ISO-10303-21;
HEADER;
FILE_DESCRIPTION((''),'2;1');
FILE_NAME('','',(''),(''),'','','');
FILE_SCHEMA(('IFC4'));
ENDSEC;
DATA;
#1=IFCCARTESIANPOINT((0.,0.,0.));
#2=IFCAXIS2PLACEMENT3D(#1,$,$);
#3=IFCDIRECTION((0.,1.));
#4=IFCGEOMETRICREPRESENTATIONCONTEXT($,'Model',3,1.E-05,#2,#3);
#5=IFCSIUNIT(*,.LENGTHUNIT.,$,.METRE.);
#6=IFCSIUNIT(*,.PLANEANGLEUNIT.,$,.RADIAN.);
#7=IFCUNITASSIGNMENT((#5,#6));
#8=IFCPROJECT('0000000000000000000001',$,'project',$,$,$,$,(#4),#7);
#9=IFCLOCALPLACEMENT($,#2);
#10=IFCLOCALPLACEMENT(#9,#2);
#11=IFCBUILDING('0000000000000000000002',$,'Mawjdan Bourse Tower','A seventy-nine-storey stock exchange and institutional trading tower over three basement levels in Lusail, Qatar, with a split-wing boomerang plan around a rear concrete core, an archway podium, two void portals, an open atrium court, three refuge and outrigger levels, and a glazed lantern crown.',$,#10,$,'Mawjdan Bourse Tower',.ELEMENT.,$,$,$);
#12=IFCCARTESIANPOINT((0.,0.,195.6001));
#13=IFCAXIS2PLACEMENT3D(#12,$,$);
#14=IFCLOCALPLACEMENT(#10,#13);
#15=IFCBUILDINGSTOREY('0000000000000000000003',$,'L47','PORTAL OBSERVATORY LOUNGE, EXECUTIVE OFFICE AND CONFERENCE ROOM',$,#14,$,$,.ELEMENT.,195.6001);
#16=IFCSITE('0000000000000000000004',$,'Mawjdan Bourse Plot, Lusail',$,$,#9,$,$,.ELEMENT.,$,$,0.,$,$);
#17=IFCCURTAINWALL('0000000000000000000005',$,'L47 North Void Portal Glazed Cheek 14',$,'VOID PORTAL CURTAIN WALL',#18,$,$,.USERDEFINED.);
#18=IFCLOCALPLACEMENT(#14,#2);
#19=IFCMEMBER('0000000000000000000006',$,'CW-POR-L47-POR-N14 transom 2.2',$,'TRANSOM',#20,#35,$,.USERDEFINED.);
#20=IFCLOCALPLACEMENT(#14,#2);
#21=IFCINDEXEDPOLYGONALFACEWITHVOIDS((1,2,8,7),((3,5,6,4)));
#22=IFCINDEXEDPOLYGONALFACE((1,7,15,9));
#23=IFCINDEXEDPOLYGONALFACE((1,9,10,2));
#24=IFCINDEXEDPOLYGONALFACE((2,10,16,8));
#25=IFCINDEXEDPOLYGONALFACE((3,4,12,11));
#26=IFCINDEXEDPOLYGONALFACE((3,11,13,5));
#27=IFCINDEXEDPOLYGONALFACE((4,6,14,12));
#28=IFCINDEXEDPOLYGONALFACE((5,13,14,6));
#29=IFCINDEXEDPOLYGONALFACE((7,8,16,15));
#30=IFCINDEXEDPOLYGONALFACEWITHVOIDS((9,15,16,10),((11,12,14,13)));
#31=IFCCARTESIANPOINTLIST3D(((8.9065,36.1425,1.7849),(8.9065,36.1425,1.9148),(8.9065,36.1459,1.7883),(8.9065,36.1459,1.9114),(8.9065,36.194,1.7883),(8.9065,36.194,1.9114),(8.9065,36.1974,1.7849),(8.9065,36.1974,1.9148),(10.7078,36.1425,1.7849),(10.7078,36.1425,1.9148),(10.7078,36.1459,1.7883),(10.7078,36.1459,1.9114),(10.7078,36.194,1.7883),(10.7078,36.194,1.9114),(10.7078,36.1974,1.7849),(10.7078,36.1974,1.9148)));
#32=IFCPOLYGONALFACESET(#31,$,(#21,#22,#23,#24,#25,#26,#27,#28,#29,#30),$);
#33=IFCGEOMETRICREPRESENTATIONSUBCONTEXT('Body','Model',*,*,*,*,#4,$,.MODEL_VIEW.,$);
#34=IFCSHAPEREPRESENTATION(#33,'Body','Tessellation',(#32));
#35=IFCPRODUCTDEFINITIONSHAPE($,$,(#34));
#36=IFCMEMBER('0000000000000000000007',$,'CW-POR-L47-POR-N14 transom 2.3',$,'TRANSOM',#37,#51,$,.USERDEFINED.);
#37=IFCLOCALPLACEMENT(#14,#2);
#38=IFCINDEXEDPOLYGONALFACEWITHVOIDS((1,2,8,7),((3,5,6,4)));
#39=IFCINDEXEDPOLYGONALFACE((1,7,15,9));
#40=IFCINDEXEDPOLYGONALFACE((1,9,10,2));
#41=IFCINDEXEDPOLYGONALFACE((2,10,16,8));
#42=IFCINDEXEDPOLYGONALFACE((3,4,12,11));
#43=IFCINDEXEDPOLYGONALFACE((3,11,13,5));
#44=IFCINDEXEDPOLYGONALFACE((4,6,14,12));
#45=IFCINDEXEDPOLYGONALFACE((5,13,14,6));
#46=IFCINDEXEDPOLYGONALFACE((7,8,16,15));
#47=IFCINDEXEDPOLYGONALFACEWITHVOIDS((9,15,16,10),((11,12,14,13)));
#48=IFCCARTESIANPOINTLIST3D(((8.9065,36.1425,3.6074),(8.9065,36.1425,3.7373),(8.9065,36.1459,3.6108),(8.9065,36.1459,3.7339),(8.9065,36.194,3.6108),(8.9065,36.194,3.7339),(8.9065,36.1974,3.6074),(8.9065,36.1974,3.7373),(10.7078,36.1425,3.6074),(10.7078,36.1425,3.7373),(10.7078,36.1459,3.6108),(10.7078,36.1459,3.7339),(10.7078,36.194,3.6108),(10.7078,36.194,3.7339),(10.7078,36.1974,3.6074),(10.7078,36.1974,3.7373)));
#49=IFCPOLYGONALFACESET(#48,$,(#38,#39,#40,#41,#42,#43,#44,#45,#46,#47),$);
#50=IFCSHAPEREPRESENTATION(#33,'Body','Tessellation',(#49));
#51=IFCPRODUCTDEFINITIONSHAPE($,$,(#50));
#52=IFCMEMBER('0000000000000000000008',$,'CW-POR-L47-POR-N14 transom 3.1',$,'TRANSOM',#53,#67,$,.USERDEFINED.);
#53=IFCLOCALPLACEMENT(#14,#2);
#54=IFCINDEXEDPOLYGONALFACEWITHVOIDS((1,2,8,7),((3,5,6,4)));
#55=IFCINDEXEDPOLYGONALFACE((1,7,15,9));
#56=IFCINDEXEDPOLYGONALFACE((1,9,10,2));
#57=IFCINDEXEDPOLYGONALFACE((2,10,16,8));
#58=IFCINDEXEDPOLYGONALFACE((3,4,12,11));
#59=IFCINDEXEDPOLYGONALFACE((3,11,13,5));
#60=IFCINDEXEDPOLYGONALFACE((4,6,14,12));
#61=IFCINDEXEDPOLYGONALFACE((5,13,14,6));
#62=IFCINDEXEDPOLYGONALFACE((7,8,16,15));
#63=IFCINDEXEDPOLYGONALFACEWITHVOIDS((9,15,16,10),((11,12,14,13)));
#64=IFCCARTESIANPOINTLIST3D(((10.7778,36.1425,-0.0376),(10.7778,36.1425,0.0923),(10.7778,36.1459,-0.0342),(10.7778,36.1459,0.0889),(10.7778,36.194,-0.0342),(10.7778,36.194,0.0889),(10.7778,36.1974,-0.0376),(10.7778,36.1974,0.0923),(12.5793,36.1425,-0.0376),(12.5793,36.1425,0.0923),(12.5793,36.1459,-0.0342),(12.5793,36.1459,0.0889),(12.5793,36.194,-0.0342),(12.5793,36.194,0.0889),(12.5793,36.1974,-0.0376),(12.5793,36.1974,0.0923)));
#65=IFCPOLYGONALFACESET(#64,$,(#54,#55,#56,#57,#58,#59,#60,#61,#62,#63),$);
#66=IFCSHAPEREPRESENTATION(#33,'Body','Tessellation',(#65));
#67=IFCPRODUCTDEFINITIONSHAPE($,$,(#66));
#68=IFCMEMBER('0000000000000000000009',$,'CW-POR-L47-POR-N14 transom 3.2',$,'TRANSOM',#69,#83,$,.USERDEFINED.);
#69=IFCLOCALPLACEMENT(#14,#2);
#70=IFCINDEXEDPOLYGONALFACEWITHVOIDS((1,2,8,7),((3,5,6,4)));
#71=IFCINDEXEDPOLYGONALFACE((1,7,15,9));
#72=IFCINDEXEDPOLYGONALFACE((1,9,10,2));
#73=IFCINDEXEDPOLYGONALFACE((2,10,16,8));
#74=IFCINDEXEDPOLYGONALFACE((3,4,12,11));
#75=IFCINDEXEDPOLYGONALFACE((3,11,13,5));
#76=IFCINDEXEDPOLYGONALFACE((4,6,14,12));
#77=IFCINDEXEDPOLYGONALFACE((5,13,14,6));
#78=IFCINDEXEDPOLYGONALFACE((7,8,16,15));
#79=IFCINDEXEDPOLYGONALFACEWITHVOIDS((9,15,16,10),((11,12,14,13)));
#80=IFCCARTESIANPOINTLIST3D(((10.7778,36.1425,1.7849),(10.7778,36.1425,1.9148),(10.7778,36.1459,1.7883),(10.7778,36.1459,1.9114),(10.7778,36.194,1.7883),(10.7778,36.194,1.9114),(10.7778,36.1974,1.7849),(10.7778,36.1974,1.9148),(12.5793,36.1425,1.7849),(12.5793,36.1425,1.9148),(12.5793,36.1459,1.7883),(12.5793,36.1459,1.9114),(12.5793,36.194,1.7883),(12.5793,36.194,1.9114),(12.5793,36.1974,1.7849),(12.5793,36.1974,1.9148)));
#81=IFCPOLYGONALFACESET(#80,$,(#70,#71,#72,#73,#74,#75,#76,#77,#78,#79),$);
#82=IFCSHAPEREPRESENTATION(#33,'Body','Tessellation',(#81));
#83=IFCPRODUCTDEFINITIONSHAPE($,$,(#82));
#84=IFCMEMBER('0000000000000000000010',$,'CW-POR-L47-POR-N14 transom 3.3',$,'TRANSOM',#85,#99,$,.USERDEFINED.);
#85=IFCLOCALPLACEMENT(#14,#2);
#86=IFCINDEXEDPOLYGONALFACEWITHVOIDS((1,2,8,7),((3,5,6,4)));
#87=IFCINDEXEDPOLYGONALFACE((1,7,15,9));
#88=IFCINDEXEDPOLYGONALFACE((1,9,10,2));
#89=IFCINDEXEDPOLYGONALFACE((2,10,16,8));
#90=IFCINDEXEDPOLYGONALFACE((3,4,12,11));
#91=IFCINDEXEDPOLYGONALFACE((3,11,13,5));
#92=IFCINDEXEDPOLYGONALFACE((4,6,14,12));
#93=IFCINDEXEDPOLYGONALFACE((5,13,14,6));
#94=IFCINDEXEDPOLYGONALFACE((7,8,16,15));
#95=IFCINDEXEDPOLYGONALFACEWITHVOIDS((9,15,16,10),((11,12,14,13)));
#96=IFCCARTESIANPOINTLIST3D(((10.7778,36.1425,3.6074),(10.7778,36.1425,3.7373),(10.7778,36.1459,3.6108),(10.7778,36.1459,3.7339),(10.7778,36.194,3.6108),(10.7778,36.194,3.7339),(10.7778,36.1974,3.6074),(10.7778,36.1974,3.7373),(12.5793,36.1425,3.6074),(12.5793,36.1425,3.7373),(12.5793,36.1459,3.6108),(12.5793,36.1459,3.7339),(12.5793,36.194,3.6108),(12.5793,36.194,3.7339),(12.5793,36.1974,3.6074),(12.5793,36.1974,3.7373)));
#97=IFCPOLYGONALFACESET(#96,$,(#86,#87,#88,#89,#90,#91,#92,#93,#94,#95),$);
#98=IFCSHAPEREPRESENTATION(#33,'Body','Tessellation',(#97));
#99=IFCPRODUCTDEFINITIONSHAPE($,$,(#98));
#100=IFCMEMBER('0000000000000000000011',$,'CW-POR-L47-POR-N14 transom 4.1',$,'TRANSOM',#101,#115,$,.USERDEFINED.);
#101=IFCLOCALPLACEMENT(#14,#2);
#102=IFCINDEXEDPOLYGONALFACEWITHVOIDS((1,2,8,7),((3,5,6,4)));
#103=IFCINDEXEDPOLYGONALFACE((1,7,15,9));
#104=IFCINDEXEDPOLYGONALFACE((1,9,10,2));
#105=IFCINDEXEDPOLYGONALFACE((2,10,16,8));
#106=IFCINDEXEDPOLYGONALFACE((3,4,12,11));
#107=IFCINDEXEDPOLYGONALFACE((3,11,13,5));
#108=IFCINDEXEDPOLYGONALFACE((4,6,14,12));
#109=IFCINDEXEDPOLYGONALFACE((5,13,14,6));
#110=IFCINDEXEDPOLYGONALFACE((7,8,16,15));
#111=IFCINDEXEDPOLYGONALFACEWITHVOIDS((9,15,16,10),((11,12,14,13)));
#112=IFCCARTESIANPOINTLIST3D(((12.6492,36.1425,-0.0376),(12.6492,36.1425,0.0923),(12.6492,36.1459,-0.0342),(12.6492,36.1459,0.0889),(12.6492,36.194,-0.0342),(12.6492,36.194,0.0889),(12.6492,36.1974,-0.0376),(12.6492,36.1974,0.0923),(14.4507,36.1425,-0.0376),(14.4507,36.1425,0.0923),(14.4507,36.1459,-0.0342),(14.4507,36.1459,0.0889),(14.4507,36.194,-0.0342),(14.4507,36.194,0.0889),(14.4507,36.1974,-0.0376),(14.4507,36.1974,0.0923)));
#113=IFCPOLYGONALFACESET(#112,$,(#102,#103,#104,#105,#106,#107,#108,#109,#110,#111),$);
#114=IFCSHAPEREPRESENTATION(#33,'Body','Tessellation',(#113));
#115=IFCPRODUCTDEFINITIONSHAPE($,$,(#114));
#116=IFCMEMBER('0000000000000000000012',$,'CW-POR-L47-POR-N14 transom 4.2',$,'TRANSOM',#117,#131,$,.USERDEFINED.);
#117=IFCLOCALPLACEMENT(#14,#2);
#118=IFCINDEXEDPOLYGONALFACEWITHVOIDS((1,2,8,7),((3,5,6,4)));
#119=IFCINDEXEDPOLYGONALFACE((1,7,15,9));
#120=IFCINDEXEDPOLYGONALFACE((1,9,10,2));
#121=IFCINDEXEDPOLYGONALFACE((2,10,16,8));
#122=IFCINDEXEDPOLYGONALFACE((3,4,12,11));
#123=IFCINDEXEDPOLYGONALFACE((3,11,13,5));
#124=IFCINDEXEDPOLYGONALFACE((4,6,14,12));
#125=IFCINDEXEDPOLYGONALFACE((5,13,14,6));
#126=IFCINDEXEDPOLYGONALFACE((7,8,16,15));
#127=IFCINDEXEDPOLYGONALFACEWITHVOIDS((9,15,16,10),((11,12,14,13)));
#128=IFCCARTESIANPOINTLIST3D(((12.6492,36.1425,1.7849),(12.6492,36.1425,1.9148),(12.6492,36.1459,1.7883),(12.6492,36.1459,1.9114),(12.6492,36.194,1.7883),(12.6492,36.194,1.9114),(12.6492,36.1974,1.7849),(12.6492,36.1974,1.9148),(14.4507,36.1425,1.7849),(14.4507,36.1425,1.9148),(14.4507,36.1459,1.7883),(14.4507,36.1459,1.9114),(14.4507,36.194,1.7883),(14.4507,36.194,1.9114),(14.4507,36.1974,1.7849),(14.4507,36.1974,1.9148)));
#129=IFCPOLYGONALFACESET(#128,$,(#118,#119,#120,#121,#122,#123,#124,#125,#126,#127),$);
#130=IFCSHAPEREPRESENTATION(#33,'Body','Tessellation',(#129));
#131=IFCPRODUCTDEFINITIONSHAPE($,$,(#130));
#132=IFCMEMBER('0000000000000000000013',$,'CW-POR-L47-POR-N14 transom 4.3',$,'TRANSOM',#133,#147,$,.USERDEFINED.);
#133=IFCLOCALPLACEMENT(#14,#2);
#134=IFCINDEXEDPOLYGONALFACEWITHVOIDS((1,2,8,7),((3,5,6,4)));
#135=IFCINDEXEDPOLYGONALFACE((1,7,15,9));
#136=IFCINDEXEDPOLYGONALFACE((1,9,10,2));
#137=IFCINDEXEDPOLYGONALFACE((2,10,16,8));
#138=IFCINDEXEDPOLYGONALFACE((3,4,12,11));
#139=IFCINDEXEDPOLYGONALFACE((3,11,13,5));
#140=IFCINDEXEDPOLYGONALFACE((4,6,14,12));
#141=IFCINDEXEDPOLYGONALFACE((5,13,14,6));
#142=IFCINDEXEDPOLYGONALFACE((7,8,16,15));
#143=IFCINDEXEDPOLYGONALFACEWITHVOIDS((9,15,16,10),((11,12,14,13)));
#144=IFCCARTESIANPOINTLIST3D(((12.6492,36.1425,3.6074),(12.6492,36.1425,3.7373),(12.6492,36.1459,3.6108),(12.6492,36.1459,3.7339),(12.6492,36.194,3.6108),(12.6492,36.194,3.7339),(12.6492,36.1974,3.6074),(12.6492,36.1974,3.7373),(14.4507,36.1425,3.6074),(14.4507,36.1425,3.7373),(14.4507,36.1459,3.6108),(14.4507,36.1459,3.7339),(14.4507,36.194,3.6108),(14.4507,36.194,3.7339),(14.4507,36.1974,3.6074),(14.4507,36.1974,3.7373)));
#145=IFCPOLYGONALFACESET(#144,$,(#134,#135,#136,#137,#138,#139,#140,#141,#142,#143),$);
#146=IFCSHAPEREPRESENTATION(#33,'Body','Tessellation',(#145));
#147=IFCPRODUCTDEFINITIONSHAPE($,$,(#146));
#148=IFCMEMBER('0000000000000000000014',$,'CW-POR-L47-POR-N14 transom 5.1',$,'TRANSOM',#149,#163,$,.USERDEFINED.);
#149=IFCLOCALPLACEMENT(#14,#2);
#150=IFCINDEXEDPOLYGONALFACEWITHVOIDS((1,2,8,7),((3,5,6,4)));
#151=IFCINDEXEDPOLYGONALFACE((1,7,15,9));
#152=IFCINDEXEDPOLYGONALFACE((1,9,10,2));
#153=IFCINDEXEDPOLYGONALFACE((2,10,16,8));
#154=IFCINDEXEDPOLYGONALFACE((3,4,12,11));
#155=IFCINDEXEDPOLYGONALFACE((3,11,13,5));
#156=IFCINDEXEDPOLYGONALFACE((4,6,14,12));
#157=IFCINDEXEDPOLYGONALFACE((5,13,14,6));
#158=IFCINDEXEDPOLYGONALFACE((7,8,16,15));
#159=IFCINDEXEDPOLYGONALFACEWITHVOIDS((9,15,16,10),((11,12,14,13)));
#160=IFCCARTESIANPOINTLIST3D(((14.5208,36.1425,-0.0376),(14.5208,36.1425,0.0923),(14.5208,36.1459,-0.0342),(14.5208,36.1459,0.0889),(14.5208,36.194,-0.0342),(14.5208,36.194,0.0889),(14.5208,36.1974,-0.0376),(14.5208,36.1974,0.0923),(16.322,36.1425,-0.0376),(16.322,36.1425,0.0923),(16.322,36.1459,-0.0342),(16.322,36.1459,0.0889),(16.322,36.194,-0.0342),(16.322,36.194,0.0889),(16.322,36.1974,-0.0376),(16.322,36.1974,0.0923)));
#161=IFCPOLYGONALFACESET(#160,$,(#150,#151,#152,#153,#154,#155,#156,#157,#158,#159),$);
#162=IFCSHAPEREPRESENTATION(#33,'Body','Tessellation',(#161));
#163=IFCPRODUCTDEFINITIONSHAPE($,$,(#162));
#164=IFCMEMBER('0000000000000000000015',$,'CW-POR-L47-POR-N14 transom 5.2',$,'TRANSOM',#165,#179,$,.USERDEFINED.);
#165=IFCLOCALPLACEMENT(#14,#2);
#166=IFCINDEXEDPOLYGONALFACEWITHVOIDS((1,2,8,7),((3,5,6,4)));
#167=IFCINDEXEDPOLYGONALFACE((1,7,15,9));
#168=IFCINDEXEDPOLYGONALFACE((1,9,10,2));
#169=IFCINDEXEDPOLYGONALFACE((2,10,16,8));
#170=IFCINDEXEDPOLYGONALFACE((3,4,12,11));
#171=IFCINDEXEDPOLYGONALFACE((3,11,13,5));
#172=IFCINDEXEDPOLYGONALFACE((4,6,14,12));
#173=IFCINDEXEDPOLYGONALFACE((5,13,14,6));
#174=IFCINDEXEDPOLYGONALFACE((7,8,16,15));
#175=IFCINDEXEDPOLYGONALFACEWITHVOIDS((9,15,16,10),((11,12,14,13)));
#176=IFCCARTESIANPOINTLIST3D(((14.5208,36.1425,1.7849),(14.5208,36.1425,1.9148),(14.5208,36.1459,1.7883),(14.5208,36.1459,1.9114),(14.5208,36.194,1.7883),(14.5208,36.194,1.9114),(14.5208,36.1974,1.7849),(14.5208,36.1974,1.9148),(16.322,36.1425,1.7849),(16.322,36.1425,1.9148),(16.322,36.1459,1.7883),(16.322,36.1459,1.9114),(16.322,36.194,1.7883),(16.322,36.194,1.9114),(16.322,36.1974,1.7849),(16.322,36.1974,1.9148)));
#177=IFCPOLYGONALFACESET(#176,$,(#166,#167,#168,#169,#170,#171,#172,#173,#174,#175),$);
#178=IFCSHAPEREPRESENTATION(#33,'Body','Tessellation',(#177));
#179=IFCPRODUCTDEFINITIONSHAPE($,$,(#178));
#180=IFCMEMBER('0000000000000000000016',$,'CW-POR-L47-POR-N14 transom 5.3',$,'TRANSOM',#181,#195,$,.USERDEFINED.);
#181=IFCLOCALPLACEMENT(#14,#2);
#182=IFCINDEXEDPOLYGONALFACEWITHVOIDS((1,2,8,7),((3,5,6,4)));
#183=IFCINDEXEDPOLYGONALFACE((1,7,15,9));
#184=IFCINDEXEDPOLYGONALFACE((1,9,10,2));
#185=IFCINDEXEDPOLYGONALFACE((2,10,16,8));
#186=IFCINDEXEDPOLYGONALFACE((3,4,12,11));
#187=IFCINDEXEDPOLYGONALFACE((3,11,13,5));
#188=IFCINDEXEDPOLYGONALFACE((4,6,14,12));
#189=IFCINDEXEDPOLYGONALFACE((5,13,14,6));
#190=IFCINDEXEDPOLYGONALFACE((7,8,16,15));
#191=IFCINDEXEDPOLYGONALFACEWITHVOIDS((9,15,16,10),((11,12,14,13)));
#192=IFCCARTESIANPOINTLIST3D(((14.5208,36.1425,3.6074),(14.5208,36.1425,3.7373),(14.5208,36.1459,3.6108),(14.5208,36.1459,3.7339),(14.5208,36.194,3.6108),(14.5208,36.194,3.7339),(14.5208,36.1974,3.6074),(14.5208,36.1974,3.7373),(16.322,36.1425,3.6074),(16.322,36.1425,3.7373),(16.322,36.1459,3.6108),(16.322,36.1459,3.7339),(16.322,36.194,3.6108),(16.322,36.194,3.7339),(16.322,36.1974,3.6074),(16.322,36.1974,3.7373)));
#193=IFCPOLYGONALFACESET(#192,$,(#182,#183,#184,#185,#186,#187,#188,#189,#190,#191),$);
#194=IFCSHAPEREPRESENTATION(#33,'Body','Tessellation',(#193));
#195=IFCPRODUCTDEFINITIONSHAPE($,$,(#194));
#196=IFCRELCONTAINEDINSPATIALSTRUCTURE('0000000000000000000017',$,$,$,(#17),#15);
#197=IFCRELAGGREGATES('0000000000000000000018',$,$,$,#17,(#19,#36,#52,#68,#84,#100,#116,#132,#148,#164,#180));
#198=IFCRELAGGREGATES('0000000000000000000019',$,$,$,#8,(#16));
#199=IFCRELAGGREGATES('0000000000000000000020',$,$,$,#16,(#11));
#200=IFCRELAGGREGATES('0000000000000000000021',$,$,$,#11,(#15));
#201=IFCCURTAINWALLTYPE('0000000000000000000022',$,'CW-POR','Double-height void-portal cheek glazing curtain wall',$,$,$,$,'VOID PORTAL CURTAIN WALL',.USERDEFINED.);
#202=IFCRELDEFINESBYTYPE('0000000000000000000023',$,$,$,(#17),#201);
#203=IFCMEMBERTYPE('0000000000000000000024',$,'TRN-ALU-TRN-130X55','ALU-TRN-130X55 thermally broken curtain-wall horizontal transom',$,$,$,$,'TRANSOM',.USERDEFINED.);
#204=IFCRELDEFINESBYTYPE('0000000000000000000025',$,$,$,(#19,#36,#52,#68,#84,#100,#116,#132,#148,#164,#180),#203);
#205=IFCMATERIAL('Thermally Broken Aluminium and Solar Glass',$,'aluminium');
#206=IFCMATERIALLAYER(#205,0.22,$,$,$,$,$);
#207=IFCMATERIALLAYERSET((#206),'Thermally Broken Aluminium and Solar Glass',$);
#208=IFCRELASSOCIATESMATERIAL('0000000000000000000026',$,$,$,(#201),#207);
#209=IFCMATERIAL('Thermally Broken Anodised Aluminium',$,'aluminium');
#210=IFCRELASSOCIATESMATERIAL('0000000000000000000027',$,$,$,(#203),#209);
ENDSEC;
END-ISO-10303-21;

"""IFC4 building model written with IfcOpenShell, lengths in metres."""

from ifc_helpers import new_model, si_unit, direction, frame, origin, origin_2d, place, context, subcontext, project, spatial, hollow_rectangle, extrude, material, layer, layer_set, material_profile, profile_set, type_object, element, aggregate, save


model = new_model("IFC4")

# Units and contexts
model_context = context("Model", 3, precision=1e-05, world=origin(), true_north=direction((0.0, 1.0)))
body_context = subcontext(model_context, "Body", "Model", "MODEL_VIEW")
ifc_project = project(units=[si_unit("LENGTHUNIT", "METRE"), si_unit("PLANEANGLEUNIT", "RADIAN")], contexts=[model_context])

# Site, building, storey
site_placement = place(None, origin())
site = spatial("IfcSite", under=ifc_project, at=site_placement, Name="Mawjdan Bourse Plot, Lusail", CompositionType="ELEMENT", RefElevation=0.0)
building_placement = place(site_placement, origin())
building = spatial("IfcBuilding", under=site, at=building_placement, Name="Mawjdan Bourse Tower", Description="A seventy-nine-storey stock exchange and institutional trading tower over three basement levels in Lusail, Qatar, with a split-wing boomerang plan around a rear concrete core, an archway podium, two void portals, an open atrium court, three refuge and outrigger levels, and a glazed lantern crown.", LongName="Mawjdan Bourse Tower", CompositionType="ELEMENT")
storey_placement = place(building_placement, frame((0.0, 0.0, 195.6001)))
storey = spatial("IfcBuildingStorey", under=building, at=storey_placement, Name="L47", Description="PORTAL OBSERVATORY LOUNGE, EXECUTIVE OFFICE AND CONFERENCE ROOM", CompositionType="ELEMENT", Elevation=195.6001)

# Curtain wall
ifc_material_1 = material(Name="Thermally Broken Aluminium and Solar Glass", Category="aluminium")
ifc_layer_1 = layer(ifc_material_1, 0.22)
ifc_layer_set_1 = layer_set([ifc_layer_1], Name="Thermally Broken Aluminium and Solar Glass")
curtain_wall_type = type_object("IfcCurtainWallType", Name="CW-POR", Description="Double-height void-portal cheek glazing curtain wall", ElementType="VOID PORTAL CURTAIN WALL", PredefinedType="USERDEFINED", material=ifc_layer_set_1)
curtain_wall_placement = place(storey_placement, origin())
curtain_wall = element("IfcCurtainWall", 1, at=curtain_wall_placement, inside=storey, type_object=curtain_wall_type, Name="L47 North Void Portal Glazed Cheek 14", ObjectType="VOID PORTAL CURTAIN WALL", PredefinedType="USERDEFINED")
ifc_material_2 = material(Name="Thermally Broken Anodised Aluminium", Category="aluminium")

# Members
ifc_material_profile_1 = material_profile(ifc_material_2, hollow_rectangle(XDim=0.0549, YDim=0.1299, WallThickness=0.0034, at=origin_2d()), Name="ALU-TRN-130X55")
ifc_profile_set_1 = profile_set([ifc_material_profile_1], Name="Thermally Broken Anodised Aluminium")
member_type_1 = type_object("IfcMemberType", Name="TRN-ALU-TRN-130X55", Description="ALU-TRN-130X55 thermally broken curtain-wall horizontal transom", ElementType="TRANSOM", PredefinedType="USERDEFINED", material=ifc_profile_set_1)
member_1_placement = place(storey_placement, frame((8.9065, 36.1699, 1.8499), z_axis=(1.0, 0.0, 0.0), x_axis=(0.0, 1.0, 0.0)))
member_1 = element("IfcMember", 2, at=member_1_placement, type_object=member_type_1, Name="CW-POR-L47-POR-N14 transom 2.2", ObjectType="TRANSOM", PredefinedType="USERDEFINED", context=body_context, shape_type="SweptSolid", body=[
    extrude(hollow_rectangle(XDim=0.0549, YDim=0.1299, WallThickness=0.0034, at=origin_2d()), origin(), (0.0, 0.0, 1.0), 1.8013),
])
member_2_placement = place(storey_placement, frame((8.9065, 36.1699, 3.6724), z_axis=(1.0, 0.0, 0.0), x_axis=(0.0, 1.0, 0.0)))
member_2 = element("IfcMember", 3, at=member_2_placement, type_object=member_type_1, Name="CW-POR-L47-POR-N14 transom 2.3", ObjectType="TRANSOM", PredefinedType="USERDEFINED", context=body_context, shape_type="SweptSolid", body=[
    extrude(hollow_rectangle(XDim=0.0549, YDim=0.1299, WallThickness=0.0034, at=origin_2d()), origin(), (0.0, 0.0, 1.0), 1.8013),
])
member_3_placement = place(storey_placement, frame((10.7778, 36.1699, 0.0273), z_axis=(1.0, 0.0, 0.0), x_axis=(0.0, 1.0, 0.0)))
member_3 = element("IfcMember", 4, at=member_3_placement, type_object=member_type_1, Name="CW-POR-L47-POR-N14 transom 3.1", ObjectType="TRANSOM", PredefinedType="USERDEFINED", context=body_context, shape_type="SweptSolid", body=[
    extrude(hollow_rectangle(XDim=0.0549, YDim=0.1299, WallThickness=0.0034, at=origin_2d()), origin(), (0.0, 0.0, 1.0), 1.8015),
])
member_4_placement = place(storey_placement, frame((10.7778, 36.1699, 1.8499), z_axis=(1.0, 0.0, 0.0), x_axis=(0.0, 1.0, 0.0)))
member_4 = element("IfcMember", 5, at=member_4_placement, type_object=member_type_1, Name="CW-POR-L47-POR-N14 transom 3.2", ObjectType="TRANSOM", PredefinedType="USERDEFINED", context=body_context, shape_type="SweptSolid", body=[
    extrude(hollow_rectangle(XDim=0.0549, YDim=0.1299, WallThickness=0.0034, at=origin_2d()), origin(), (0.0, 0.0, 1.0), 1.8015),
])
member_5_placement = place(storey_placement, frame((10.7778, 36.1699, 3.6724), z_axis=(1.0, 0.0, 0.0), x_axis=(0.0, 1.0, 0.0)))
member_5 = element("IfcMember", 6, at=member_5_placement, type_object=member_type_1, Name="CW-POR-L47-POR-N14 transom 3.3", ObjectType="TRANSOM", PredefinedType="USERDEFINED", context=body_context, shape_type="SweptSolid", body=[
    extrude(hollow_rectangle(XDim=0.0549, YDim=0.1299, WallThickness=0.0034, at=origin_2d()), origin(), (0.0, 0.0, 1.0), 1.8015),
])
member_6_placement = place(storey_placement, frame((12.6492, 36.1699, 0.0273), z_axis=(1.0, 0.0, 0.0), x_axis=(0.0, 1.0, 0.0)))
member_6 = element("IfcMember", 7, at=member_6_placement, type_object=member_type_1, Name="CW-POR-L47-POR-N14 transom 4.1", ObjectType="TRANSOM", PredefinedType="USERDEFINED", context=body_context, shape_type="SweptSolid", body=[
    extrude(hollow_rectangle(XDim=0.0549, YDim=0.1299, WallThickness=0.0034, at=origin_2d()), origin(), (0.0, 0.0, 1.0), 1.8015),
])
member_7_placement = place(storey_placement, frame((12.6492, 36.1699, 1.8499), z_axis=(1.0, 0.0, 0.0), x_axis=(0.0, 1.0, 0.0)))
member_7 = element("IfcMember", 8, at=member_7_placement, type_object=member_type_1, Name="CW-POR-L47-POR-N14 transom 4.2", ObjectType="TRANSOM", PredefinedType="USERDEFINED", context=body_context, shape_type="SweptSolid", body=[
    extrude(hollow_rectangle(XDim=0.0549, YDim=0.1299, WallThickness=0.0034, at=origin_2d()), origin(), (0.0, 0.0, 1.0), 1.8015),
])
member_8_placement = place(storey_placement, frame((12.6492, 36.1699, 3.6724), z_axis=(1.0, 0.0, 0.0), x_axis=(0.0, 1.0, 0.0)))
member_8 = element("IfcMember", 9, at=member_8_placement, type_object=member_type_1, Name="CW-POR-L47-POR-N14 transom 4.3", ObjectType="TRANSOM", PredefinedType="USERDEFINED", context=body_context, shape_type="SweptSolid", body=[
    extrude(hollow_rectangle(XDim=0.0549, YDim=0.1299, WallThickness=0.0034, at=origin_2d()), origin(), (0.0, 0.0, 1.0), 1.8015),
])
member_9_placement = place(storey_placement, frame((14.5208, 36.1699, 0.0273), z_axis=(1.0, 0.0, 0.0), x_axis=(0.0, 1.0, 0.0)))
member_9 = element("IfcMember", 10, at=member_9_placement, type_object=member_type_1, Name="CW-POR-L47-POR-N14 transom 5.1", ObjectType="TRANSOM", PredefinedType="USERDEFINED", context=body_context, shape_type="SweptSolid", body=[
    extrude(hollow_rectangle(XDim=0.0549, YDim=0.1299, WallThickness=0.0034, at=origin_2d()), origin(), (0.0, 0.0, 1.0), 1.8013),
])
member_10_placement = place(storey_placement, frame((14.5208, 36.1699, 1.8499), z_axis=(1.0, 0.0, 0.0), x_axis=(0.0, 1.0, 0.0)))
member_10 = element("IfcMember", 11, at=member_10_placement, type_object=member_type_1, Name="CW-POR-L47-POR-N14 transom 5.2", ObjectType="TRANSOM", PredefinedType="USERDEFINED", context=body_context, shape_type="SweptSolid", body=[
    extrude(hollow_rectangle(XDim=0.0549, YDim=0.1299, WallThickness=0.0034, at=origin_2d()), origin(), (0.0, 0.0, 1.0), 1.8013),
])
member_11_placement = place(storey_placement, frame((14.5208, 36.1699, 3.6724), z_axis=(1.0, 0.0, 0.0), x_axis=(0.0, 1.0, 0.0)))
member_11 = element("IfcMember", 12, at=member_11_placement, type_object=member_type_1, Name="CW-POR-L47-POR-N14 transom 5.3", ObjectType="TRANSOM", PredefinedType="USERDEFINED", context=body_context, shape_type="SweptSolid", body=[
    extrude(hollow_rectangle(XDim=0.0549, YDim=0.1299, WallThickness=0.0034, at=origin_2d()), origin(), (0.0, 0.0, 1.0), 1.8013),
])

aggregate(curtain_wall, [member_1, member_2, member_3, member_4, member_5, member_6, member_7, member_8, member_9, member_10, member_11])

save(model, "model.ifc")
